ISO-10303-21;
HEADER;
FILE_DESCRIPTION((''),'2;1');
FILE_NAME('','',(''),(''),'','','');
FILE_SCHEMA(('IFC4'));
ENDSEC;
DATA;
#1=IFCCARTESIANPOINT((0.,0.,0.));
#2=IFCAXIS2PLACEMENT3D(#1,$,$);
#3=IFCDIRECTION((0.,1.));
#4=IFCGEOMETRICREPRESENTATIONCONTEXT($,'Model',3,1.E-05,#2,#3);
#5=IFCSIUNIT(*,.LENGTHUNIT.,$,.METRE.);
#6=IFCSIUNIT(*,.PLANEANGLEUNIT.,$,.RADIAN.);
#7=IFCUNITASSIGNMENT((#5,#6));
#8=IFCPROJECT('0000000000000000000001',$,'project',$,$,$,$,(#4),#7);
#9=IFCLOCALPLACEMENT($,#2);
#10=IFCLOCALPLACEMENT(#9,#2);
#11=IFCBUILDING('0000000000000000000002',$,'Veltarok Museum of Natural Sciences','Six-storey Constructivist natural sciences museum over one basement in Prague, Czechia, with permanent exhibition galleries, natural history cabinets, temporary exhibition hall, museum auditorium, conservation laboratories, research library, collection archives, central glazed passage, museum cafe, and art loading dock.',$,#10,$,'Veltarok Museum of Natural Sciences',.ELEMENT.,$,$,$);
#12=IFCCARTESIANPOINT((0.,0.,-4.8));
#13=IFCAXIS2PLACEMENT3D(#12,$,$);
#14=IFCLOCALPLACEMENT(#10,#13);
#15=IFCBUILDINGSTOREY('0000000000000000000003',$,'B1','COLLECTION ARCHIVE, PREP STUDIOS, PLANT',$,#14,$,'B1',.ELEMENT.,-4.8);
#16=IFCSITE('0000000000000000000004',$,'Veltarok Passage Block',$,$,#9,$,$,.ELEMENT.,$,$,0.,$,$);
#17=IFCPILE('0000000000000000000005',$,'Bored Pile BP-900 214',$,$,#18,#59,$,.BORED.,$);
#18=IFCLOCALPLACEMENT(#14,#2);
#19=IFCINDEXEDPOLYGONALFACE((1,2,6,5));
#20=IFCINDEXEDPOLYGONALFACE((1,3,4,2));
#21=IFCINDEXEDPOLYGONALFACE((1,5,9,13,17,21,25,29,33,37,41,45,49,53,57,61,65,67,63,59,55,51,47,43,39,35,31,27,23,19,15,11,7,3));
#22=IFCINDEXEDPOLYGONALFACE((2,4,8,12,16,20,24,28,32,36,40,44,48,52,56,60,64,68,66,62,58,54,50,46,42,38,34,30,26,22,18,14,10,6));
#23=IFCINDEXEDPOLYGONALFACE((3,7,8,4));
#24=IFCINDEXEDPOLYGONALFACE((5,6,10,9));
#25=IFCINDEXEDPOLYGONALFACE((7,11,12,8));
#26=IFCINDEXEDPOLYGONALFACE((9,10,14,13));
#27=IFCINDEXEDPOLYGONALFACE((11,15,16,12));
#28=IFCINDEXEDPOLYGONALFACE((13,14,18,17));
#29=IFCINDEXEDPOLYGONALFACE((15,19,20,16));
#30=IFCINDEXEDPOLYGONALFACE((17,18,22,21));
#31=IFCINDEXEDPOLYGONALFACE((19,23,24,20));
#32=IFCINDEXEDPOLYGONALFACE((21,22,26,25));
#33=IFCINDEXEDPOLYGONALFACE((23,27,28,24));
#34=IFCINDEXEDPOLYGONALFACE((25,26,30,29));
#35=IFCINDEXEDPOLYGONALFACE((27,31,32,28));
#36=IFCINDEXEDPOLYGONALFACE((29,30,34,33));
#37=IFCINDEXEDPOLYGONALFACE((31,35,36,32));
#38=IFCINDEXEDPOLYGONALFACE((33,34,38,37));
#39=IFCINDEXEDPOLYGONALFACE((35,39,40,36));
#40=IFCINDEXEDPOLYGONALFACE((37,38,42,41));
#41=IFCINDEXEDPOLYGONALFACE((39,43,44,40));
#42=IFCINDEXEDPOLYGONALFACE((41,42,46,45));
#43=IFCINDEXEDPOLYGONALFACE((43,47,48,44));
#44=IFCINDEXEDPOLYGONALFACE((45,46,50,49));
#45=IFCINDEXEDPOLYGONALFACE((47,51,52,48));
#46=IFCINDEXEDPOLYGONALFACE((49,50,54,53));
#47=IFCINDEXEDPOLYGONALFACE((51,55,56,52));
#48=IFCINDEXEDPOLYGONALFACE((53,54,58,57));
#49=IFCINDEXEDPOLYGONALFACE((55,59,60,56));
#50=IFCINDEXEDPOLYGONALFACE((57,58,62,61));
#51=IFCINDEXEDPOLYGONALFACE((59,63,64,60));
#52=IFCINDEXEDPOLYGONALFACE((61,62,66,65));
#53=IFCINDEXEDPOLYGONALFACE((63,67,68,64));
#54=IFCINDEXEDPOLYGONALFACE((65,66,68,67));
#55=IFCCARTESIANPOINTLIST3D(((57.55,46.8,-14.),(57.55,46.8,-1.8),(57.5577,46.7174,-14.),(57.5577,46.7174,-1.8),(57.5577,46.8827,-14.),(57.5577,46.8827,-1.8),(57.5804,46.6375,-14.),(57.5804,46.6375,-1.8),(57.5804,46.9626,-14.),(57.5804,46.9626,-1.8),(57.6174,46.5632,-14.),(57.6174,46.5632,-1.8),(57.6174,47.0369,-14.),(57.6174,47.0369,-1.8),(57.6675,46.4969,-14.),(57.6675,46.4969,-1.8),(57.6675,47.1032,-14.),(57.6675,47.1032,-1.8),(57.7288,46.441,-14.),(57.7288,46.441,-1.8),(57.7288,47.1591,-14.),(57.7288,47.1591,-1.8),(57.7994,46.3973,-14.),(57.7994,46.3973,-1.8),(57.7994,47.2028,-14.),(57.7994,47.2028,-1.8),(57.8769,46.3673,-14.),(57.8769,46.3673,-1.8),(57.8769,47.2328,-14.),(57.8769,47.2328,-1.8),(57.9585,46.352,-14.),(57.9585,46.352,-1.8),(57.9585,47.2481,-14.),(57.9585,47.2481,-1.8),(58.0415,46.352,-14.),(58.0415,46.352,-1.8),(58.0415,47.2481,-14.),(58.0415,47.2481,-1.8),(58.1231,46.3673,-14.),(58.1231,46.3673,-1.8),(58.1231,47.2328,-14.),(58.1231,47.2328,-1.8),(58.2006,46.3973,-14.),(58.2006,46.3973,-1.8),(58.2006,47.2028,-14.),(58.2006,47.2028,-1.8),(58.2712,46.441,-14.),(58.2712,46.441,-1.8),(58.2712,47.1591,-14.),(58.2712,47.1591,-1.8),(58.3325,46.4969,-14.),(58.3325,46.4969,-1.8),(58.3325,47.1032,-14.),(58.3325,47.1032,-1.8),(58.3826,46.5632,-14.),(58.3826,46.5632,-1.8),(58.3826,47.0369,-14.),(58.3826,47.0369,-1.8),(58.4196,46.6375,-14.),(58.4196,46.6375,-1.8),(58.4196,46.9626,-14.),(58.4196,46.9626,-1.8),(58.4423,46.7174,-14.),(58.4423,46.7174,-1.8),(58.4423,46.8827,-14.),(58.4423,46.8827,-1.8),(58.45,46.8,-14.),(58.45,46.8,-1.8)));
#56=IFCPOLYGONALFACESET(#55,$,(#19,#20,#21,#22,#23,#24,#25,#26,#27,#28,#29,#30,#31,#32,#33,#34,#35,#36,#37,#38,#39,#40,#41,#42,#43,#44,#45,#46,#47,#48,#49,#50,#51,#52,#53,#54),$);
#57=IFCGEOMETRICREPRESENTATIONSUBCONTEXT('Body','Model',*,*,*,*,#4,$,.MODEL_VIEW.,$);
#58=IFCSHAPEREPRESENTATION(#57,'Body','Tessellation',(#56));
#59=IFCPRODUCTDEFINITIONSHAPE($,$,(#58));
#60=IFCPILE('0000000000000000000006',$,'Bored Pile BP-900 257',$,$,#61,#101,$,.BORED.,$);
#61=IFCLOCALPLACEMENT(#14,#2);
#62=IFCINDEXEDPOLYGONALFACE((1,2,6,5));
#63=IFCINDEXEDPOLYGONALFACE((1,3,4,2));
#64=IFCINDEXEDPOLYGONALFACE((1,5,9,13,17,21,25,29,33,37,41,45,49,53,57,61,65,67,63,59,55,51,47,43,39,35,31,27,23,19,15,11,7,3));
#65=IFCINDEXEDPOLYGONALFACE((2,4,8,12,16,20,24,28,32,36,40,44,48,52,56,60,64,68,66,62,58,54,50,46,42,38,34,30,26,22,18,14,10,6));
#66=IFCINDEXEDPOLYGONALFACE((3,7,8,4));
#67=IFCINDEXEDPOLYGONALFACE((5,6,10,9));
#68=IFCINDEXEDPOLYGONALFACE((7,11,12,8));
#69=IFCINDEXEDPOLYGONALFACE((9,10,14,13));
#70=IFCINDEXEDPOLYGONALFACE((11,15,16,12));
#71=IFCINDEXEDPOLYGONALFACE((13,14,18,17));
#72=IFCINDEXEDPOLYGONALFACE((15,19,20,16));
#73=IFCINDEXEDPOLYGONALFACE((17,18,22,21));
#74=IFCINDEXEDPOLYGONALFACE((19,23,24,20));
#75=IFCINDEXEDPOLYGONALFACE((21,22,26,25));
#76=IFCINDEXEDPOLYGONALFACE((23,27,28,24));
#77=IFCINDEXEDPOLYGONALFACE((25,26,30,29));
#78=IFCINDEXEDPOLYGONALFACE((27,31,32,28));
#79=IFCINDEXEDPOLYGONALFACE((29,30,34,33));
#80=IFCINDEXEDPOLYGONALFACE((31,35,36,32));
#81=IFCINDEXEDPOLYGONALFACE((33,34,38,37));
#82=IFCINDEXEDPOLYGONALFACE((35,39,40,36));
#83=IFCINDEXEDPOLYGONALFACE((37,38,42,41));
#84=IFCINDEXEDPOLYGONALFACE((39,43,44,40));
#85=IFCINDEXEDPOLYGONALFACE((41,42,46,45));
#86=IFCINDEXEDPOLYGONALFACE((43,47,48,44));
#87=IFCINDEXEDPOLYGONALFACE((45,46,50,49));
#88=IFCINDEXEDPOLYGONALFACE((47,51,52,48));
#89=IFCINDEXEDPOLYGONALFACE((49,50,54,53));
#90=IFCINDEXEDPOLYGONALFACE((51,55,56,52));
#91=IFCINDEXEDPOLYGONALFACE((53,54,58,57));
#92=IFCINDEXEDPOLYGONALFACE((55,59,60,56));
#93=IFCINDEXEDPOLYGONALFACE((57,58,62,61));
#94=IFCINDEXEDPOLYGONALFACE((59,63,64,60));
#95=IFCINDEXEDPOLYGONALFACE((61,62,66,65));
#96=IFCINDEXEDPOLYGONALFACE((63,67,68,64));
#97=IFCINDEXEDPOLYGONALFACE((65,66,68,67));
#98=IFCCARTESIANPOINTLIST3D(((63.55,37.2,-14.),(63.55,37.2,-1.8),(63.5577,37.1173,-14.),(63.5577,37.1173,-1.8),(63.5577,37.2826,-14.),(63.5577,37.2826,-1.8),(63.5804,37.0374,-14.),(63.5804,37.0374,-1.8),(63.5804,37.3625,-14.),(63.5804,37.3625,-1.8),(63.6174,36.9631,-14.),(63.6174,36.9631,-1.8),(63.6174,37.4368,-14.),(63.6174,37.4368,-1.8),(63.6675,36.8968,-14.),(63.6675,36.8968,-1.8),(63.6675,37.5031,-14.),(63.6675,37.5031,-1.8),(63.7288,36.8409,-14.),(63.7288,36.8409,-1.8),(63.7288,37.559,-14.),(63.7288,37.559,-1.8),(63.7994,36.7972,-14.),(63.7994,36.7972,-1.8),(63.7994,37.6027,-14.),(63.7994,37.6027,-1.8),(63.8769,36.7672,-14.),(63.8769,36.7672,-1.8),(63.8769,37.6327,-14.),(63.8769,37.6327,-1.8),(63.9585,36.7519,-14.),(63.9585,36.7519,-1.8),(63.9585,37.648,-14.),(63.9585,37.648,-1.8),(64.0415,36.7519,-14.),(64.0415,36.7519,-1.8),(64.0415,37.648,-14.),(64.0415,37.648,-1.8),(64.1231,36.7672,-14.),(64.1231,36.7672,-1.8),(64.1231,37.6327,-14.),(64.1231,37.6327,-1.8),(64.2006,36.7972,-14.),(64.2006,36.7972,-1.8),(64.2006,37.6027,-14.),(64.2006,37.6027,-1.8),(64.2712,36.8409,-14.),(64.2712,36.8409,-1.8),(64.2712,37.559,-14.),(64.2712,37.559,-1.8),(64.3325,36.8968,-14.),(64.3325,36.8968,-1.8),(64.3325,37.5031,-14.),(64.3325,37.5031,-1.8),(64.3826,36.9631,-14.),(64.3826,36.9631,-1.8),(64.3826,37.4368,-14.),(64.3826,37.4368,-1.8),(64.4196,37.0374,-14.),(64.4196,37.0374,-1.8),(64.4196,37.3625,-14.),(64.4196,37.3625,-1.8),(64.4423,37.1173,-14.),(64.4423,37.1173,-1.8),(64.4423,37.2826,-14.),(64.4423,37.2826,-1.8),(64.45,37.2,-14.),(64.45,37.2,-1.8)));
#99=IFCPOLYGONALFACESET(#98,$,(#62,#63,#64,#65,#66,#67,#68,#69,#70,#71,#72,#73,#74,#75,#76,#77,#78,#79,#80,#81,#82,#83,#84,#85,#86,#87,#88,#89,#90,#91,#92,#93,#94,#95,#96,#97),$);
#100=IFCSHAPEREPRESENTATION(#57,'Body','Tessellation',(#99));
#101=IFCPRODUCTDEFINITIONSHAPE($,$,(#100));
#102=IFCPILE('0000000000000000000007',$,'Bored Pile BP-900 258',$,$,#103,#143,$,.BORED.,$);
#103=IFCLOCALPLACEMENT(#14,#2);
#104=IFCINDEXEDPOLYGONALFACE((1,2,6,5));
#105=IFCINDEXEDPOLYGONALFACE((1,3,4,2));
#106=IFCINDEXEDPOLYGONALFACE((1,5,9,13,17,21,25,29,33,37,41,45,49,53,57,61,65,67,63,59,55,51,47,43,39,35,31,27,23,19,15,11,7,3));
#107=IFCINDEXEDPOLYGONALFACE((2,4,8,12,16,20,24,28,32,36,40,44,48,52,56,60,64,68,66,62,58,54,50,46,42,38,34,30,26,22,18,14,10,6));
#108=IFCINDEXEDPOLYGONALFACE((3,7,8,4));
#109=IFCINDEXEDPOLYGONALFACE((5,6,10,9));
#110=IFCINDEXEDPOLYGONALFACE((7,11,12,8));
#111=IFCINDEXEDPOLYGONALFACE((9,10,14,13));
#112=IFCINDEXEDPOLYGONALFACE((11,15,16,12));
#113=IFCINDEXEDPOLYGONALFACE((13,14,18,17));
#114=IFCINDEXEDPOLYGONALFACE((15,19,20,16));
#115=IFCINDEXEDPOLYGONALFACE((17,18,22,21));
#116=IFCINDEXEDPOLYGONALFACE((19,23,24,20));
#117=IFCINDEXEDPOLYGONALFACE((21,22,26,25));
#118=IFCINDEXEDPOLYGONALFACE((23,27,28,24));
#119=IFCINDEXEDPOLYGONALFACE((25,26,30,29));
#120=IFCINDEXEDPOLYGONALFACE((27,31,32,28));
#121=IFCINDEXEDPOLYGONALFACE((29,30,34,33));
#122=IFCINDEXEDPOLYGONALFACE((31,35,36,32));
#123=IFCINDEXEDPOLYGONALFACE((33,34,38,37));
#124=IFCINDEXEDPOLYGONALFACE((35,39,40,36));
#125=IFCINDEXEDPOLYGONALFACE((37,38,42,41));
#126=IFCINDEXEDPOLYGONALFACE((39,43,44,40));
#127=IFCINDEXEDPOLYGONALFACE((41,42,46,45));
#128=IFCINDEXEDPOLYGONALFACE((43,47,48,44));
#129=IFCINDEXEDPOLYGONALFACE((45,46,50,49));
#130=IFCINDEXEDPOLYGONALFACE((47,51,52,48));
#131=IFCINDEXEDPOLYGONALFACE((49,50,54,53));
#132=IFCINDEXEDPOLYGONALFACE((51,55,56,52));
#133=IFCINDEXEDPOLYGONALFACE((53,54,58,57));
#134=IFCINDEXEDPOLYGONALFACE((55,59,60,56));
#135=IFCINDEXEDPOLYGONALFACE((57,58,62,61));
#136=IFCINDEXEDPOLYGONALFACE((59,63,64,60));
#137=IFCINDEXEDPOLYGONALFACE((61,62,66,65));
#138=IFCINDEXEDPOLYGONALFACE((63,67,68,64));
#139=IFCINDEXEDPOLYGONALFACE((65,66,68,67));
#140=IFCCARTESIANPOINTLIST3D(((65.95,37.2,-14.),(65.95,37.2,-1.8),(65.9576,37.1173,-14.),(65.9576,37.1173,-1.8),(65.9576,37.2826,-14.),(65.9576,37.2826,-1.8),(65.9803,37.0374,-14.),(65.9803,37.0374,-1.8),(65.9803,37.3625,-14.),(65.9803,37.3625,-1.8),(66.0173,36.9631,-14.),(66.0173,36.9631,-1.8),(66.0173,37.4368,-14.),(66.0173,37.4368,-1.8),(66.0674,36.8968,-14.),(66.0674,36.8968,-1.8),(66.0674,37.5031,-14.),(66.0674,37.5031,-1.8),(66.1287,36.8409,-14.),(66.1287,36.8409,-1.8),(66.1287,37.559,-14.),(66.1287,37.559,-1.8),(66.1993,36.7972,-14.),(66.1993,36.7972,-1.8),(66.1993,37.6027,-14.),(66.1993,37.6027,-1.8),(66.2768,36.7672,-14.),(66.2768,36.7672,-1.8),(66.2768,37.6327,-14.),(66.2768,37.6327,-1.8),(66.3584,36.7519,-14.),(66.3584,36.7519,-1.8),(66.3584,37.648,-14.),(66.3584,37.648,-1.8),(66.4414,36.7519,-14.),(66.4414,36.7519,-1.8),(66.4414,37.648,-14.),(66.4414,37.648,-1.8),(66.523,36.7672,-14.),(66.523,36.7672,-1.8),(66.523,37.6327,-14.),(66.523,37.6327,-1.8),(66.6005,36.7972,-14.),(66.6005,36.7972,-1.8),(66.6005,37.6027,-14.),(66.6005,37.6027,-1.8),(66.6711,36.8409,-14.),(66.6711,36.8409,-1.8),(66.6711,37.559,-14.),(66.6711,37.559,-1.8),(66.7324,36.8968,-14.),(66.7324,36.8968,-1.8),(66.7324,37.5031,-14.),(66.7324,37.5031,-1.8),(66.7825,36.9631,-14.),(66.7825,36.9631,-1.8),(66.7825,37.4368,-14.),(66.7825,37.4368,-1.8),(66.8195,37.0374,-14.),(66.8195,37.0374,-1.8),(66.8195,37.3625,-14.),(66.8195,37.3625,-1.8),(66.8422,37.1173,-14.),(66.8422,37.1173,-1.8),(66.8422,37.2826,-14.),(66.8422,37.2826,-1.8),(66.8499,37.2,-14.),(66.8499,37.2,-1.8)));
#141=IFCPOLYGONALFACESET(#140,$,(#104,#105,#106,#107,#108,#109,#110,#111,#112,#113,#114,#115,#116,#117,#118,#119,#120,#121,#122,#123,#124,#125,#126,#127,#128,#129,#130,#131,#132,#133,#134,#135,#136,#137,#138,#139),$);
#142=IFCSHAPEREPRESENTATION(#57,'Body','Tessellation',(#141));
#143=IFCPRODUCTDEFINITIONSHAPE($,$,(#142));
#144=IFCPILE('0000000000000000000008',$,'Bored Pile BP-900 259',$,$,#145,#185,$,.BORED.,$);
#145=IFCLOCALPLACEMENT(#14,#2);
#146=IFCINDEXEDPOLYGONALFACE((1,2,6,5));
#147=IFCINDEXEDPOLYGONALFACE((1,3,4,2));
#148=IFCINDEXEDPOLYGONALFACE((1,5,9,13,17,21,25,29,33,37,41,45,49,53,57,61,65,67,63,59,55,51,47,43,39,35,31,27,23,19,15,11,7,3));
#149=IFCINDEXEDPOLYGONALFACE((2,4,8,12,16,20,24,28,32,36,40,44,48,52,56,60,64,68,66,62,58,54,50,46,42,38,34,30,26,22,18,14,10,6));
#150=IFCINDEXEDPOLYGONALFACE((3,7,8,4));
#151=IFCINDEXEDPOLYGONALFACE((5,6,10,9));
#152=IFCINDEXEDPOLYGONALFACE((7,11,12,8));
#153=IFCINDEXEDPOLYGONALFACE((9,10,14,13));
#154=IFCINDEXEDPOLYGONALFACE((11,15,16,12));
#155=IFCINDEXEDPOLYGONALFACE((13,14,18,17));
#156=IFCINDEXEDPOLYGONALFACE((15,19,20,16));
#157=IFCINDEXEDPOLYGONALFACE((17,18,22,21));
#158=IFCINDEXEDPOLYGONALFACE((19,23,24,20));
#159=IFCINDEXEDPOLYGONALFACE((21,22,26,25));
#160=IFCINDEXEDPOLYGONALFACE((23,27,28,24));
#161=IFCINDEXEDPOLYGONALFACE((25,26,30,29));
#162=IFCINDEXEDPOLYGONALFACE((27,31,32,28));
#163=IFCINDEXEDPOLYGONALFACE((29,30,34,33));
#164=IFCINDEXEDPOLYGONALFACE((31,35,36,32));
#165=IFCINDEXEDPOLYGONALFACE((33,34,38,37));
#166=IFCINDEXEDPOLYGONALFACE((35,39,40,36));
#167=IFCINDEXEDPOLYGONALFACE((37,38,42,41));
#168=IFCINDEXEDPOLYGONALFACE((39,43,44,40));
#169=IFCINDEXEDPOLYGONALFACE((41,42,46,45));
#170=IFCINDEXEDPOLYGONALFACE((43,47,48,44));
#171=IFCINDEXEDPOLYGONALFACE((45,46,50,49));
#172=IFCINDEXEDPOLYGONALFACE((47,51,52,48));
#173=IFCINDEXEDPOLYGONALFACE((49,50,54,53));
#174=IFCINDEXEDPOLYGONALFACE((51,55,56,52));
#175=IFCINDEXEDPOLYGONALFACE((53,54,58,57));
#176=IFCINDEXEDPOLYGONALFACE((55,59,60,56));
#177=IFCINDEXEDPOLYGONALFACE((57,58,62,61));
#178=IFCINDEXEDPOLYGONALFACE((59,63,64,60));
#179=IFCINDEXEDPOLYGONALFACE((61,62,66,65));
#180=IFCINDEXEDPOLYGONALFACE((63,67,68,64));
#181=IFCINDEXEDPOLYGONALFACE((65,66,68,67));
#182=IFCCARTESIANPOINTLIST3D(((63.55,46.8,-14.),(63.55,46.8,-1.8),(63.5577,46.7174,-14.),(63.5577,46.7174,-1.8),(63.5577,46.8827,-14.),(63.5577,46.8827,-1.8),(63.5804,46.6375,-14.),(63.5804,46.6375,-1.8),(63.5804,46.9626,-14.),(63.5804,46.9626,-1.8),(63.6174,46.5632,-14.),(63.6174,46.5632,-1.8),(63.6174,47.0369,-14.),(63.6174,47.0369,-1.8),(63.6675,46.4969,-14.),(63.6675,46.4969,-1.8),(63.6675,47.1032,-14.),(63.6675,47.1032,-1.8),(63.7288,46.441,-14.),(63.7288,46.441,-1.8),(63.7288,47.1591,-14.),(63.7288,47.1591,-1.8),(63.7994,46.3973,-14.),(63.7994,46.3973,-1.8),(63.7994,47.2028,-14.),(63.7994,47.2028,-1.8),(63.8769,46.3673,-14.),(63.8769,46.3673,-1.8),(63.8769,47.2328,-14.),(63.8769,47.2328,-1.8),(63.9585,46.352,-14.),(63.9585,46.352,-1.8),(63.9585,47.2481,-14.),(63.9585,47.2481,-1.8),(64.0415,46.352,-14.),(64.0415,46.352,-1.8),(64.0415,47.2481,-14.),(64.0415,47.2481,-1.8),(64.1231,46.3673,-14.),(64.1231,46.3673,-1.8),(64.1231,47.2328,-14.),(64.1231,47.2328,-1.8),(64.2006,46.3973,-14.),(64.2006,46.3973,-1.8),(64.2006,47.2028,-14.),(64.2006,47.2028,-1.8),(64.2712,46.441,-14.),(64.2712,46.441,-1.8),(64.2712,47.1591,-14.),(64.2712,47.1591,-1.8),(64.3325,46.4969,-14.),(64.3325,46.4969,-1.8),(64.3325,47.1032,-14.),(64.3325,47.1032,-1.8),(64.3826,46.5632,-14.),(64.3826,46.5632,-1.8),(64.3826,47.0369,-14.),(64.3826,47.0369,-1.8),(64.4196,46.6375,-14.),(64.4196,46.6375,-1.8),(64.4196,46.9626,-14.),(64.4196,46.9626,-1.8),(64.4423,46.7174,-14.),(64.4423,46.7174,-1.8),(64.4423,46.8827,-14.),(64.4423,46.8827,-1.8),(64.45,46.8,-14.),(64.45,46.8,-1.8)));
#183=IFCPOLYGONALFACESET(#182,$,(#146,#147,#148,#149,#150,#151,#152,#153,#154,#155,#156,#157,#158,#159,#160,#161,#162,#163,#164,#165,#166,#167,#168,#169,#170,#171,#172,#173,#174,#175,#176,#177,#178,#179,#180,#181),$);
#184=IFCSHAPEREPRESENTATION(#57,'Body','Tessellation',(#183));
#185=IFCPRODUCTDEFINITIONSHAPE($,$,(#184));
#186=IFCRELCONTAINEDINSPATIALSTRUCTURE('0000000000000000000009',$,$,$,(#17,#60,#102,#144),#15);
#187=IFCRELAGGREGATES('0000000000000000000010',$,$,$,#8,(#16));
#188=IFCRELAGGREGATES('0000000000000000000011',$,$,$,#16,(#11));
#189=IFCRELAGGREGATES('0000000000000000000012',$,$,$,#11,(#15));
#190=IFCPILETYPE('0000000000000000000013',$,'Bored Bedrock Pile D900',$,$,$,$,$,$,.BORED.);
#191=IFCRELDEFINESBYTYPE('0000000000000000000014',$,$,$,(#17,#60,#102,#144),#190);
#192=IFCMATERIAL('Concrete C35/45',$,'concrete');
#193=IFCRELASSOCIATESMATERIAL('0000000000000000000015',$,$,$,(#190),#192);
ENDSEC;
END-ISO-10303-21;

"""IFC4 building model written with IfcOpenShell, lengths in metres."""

from ifc_helpers import new_model, si_unit, direction, frame, origin, origin_2d, place, context, subcontext, project, spatial, circle, extrude, material, material_profile, profile_set, type_object, element, save


model = new_model("IFC4")

# Units and contexts
model_context = context("Model", 3, precision=1e-05, world=origin(), true_north=direction((0.0, 1.0)))
body_context = subcontext(model_context, "Body", "Model", "MODEL_VIEW")
ifc_project = project(units=[si_unit("LENGTHUNIT", "METRE"), si_unit("PLANEANGLEUNIT", "RADIAN")], contexts=[model_context])

# Site, building, storey
site_placement = place(None, origin())
site = spatial("IfcSite", under=ifc_project, at=site_placement, Name="Veltarok Passage Block", CompositionType="ELEMENT", RefElevation=0.0)
building_placement = place(site_placement, origin())
building = spatial("IfcBuilding", under=site, at=building_placement, Name="Veltarok Museum of Natural Sciences", Description="Six-storey Constructivist natural sciences museum over one basement in Prague, Czechia, with permanent exhibition galleries, natural history cabinets, temporary exhibition hall, museum auditorium, conservation laboratories, research library, collection archives, central glazed passage, museum cafe, and art loading dock.", LongName="Veltarok Museum of Natural Sciences", CompositionType="ELEMENT")
storey_placement = place(building_placement, frame((0.0, 0.0, -4.8)))
storey = spatial("IfcBuildingStorey", under=building, at=storey_placement, Name="B1", Description="COLLECTION ARCHIVE, PREP STUDIOS, PLANT", LongName="B1", CompositionType="ELEMENT", Elevation=-4.8)

# Piles
ifc_material_1 = material(Name="Concrete C35/45", Category="concrete")
ifc_material_profile_1 = material_profile(ifc_material_1, circle(Radius=0.45, at=origin_2d()), Name="BP D900")
ifc_profile_set_1 = profile_set([ifc_material_profile_1], Name="Concrete C35/45")
pile_type = type_object("IfcPileType", Name="Bored Bedrock Pile D900", PredefinedType="BORED", material=ifc_profile_set_1)
for number, where, z_axis, x_axis, name in (
    (1, (58.0, 46.8, -1.8), (0.0, 0.0, -1.0), (1.0, 0.0, 0.0), "Bored Pile BP-900 214"),
    (2, (64.0, 37.2, -1.8), (0.0, 0.0, -1.0), (1.0, 0.0, 0.0), "Bored Pile BP-900 257"),
    (3, (66.3999, 37.2, -1.8), (0.0, 0.0, -1.0), (1.0, 0.0, 0.0), "Bored Pile BP-900 258"),
    (4, (64.0, 46.8, -1.8), (0.0, 0.0, -1.0), (1.0, 0.0, 0.0), "Bored Pile BP-900 259"),
):
    element("IfcPile", number, at=place(storey_placement, frame(where, z_axis=z_axis, x_axis=x_axis)), inside=storey, type_object=pile_type, Name=name, PredefinedType="BORED", context=body_context, shape_type="SweptSolid", body=[
        extrude(circle(Radius=0.45, at=origin_2d()), origin(), (0.0, 0.0, 1.0), 12.2),
    ])

save(model, "model.ifc")
